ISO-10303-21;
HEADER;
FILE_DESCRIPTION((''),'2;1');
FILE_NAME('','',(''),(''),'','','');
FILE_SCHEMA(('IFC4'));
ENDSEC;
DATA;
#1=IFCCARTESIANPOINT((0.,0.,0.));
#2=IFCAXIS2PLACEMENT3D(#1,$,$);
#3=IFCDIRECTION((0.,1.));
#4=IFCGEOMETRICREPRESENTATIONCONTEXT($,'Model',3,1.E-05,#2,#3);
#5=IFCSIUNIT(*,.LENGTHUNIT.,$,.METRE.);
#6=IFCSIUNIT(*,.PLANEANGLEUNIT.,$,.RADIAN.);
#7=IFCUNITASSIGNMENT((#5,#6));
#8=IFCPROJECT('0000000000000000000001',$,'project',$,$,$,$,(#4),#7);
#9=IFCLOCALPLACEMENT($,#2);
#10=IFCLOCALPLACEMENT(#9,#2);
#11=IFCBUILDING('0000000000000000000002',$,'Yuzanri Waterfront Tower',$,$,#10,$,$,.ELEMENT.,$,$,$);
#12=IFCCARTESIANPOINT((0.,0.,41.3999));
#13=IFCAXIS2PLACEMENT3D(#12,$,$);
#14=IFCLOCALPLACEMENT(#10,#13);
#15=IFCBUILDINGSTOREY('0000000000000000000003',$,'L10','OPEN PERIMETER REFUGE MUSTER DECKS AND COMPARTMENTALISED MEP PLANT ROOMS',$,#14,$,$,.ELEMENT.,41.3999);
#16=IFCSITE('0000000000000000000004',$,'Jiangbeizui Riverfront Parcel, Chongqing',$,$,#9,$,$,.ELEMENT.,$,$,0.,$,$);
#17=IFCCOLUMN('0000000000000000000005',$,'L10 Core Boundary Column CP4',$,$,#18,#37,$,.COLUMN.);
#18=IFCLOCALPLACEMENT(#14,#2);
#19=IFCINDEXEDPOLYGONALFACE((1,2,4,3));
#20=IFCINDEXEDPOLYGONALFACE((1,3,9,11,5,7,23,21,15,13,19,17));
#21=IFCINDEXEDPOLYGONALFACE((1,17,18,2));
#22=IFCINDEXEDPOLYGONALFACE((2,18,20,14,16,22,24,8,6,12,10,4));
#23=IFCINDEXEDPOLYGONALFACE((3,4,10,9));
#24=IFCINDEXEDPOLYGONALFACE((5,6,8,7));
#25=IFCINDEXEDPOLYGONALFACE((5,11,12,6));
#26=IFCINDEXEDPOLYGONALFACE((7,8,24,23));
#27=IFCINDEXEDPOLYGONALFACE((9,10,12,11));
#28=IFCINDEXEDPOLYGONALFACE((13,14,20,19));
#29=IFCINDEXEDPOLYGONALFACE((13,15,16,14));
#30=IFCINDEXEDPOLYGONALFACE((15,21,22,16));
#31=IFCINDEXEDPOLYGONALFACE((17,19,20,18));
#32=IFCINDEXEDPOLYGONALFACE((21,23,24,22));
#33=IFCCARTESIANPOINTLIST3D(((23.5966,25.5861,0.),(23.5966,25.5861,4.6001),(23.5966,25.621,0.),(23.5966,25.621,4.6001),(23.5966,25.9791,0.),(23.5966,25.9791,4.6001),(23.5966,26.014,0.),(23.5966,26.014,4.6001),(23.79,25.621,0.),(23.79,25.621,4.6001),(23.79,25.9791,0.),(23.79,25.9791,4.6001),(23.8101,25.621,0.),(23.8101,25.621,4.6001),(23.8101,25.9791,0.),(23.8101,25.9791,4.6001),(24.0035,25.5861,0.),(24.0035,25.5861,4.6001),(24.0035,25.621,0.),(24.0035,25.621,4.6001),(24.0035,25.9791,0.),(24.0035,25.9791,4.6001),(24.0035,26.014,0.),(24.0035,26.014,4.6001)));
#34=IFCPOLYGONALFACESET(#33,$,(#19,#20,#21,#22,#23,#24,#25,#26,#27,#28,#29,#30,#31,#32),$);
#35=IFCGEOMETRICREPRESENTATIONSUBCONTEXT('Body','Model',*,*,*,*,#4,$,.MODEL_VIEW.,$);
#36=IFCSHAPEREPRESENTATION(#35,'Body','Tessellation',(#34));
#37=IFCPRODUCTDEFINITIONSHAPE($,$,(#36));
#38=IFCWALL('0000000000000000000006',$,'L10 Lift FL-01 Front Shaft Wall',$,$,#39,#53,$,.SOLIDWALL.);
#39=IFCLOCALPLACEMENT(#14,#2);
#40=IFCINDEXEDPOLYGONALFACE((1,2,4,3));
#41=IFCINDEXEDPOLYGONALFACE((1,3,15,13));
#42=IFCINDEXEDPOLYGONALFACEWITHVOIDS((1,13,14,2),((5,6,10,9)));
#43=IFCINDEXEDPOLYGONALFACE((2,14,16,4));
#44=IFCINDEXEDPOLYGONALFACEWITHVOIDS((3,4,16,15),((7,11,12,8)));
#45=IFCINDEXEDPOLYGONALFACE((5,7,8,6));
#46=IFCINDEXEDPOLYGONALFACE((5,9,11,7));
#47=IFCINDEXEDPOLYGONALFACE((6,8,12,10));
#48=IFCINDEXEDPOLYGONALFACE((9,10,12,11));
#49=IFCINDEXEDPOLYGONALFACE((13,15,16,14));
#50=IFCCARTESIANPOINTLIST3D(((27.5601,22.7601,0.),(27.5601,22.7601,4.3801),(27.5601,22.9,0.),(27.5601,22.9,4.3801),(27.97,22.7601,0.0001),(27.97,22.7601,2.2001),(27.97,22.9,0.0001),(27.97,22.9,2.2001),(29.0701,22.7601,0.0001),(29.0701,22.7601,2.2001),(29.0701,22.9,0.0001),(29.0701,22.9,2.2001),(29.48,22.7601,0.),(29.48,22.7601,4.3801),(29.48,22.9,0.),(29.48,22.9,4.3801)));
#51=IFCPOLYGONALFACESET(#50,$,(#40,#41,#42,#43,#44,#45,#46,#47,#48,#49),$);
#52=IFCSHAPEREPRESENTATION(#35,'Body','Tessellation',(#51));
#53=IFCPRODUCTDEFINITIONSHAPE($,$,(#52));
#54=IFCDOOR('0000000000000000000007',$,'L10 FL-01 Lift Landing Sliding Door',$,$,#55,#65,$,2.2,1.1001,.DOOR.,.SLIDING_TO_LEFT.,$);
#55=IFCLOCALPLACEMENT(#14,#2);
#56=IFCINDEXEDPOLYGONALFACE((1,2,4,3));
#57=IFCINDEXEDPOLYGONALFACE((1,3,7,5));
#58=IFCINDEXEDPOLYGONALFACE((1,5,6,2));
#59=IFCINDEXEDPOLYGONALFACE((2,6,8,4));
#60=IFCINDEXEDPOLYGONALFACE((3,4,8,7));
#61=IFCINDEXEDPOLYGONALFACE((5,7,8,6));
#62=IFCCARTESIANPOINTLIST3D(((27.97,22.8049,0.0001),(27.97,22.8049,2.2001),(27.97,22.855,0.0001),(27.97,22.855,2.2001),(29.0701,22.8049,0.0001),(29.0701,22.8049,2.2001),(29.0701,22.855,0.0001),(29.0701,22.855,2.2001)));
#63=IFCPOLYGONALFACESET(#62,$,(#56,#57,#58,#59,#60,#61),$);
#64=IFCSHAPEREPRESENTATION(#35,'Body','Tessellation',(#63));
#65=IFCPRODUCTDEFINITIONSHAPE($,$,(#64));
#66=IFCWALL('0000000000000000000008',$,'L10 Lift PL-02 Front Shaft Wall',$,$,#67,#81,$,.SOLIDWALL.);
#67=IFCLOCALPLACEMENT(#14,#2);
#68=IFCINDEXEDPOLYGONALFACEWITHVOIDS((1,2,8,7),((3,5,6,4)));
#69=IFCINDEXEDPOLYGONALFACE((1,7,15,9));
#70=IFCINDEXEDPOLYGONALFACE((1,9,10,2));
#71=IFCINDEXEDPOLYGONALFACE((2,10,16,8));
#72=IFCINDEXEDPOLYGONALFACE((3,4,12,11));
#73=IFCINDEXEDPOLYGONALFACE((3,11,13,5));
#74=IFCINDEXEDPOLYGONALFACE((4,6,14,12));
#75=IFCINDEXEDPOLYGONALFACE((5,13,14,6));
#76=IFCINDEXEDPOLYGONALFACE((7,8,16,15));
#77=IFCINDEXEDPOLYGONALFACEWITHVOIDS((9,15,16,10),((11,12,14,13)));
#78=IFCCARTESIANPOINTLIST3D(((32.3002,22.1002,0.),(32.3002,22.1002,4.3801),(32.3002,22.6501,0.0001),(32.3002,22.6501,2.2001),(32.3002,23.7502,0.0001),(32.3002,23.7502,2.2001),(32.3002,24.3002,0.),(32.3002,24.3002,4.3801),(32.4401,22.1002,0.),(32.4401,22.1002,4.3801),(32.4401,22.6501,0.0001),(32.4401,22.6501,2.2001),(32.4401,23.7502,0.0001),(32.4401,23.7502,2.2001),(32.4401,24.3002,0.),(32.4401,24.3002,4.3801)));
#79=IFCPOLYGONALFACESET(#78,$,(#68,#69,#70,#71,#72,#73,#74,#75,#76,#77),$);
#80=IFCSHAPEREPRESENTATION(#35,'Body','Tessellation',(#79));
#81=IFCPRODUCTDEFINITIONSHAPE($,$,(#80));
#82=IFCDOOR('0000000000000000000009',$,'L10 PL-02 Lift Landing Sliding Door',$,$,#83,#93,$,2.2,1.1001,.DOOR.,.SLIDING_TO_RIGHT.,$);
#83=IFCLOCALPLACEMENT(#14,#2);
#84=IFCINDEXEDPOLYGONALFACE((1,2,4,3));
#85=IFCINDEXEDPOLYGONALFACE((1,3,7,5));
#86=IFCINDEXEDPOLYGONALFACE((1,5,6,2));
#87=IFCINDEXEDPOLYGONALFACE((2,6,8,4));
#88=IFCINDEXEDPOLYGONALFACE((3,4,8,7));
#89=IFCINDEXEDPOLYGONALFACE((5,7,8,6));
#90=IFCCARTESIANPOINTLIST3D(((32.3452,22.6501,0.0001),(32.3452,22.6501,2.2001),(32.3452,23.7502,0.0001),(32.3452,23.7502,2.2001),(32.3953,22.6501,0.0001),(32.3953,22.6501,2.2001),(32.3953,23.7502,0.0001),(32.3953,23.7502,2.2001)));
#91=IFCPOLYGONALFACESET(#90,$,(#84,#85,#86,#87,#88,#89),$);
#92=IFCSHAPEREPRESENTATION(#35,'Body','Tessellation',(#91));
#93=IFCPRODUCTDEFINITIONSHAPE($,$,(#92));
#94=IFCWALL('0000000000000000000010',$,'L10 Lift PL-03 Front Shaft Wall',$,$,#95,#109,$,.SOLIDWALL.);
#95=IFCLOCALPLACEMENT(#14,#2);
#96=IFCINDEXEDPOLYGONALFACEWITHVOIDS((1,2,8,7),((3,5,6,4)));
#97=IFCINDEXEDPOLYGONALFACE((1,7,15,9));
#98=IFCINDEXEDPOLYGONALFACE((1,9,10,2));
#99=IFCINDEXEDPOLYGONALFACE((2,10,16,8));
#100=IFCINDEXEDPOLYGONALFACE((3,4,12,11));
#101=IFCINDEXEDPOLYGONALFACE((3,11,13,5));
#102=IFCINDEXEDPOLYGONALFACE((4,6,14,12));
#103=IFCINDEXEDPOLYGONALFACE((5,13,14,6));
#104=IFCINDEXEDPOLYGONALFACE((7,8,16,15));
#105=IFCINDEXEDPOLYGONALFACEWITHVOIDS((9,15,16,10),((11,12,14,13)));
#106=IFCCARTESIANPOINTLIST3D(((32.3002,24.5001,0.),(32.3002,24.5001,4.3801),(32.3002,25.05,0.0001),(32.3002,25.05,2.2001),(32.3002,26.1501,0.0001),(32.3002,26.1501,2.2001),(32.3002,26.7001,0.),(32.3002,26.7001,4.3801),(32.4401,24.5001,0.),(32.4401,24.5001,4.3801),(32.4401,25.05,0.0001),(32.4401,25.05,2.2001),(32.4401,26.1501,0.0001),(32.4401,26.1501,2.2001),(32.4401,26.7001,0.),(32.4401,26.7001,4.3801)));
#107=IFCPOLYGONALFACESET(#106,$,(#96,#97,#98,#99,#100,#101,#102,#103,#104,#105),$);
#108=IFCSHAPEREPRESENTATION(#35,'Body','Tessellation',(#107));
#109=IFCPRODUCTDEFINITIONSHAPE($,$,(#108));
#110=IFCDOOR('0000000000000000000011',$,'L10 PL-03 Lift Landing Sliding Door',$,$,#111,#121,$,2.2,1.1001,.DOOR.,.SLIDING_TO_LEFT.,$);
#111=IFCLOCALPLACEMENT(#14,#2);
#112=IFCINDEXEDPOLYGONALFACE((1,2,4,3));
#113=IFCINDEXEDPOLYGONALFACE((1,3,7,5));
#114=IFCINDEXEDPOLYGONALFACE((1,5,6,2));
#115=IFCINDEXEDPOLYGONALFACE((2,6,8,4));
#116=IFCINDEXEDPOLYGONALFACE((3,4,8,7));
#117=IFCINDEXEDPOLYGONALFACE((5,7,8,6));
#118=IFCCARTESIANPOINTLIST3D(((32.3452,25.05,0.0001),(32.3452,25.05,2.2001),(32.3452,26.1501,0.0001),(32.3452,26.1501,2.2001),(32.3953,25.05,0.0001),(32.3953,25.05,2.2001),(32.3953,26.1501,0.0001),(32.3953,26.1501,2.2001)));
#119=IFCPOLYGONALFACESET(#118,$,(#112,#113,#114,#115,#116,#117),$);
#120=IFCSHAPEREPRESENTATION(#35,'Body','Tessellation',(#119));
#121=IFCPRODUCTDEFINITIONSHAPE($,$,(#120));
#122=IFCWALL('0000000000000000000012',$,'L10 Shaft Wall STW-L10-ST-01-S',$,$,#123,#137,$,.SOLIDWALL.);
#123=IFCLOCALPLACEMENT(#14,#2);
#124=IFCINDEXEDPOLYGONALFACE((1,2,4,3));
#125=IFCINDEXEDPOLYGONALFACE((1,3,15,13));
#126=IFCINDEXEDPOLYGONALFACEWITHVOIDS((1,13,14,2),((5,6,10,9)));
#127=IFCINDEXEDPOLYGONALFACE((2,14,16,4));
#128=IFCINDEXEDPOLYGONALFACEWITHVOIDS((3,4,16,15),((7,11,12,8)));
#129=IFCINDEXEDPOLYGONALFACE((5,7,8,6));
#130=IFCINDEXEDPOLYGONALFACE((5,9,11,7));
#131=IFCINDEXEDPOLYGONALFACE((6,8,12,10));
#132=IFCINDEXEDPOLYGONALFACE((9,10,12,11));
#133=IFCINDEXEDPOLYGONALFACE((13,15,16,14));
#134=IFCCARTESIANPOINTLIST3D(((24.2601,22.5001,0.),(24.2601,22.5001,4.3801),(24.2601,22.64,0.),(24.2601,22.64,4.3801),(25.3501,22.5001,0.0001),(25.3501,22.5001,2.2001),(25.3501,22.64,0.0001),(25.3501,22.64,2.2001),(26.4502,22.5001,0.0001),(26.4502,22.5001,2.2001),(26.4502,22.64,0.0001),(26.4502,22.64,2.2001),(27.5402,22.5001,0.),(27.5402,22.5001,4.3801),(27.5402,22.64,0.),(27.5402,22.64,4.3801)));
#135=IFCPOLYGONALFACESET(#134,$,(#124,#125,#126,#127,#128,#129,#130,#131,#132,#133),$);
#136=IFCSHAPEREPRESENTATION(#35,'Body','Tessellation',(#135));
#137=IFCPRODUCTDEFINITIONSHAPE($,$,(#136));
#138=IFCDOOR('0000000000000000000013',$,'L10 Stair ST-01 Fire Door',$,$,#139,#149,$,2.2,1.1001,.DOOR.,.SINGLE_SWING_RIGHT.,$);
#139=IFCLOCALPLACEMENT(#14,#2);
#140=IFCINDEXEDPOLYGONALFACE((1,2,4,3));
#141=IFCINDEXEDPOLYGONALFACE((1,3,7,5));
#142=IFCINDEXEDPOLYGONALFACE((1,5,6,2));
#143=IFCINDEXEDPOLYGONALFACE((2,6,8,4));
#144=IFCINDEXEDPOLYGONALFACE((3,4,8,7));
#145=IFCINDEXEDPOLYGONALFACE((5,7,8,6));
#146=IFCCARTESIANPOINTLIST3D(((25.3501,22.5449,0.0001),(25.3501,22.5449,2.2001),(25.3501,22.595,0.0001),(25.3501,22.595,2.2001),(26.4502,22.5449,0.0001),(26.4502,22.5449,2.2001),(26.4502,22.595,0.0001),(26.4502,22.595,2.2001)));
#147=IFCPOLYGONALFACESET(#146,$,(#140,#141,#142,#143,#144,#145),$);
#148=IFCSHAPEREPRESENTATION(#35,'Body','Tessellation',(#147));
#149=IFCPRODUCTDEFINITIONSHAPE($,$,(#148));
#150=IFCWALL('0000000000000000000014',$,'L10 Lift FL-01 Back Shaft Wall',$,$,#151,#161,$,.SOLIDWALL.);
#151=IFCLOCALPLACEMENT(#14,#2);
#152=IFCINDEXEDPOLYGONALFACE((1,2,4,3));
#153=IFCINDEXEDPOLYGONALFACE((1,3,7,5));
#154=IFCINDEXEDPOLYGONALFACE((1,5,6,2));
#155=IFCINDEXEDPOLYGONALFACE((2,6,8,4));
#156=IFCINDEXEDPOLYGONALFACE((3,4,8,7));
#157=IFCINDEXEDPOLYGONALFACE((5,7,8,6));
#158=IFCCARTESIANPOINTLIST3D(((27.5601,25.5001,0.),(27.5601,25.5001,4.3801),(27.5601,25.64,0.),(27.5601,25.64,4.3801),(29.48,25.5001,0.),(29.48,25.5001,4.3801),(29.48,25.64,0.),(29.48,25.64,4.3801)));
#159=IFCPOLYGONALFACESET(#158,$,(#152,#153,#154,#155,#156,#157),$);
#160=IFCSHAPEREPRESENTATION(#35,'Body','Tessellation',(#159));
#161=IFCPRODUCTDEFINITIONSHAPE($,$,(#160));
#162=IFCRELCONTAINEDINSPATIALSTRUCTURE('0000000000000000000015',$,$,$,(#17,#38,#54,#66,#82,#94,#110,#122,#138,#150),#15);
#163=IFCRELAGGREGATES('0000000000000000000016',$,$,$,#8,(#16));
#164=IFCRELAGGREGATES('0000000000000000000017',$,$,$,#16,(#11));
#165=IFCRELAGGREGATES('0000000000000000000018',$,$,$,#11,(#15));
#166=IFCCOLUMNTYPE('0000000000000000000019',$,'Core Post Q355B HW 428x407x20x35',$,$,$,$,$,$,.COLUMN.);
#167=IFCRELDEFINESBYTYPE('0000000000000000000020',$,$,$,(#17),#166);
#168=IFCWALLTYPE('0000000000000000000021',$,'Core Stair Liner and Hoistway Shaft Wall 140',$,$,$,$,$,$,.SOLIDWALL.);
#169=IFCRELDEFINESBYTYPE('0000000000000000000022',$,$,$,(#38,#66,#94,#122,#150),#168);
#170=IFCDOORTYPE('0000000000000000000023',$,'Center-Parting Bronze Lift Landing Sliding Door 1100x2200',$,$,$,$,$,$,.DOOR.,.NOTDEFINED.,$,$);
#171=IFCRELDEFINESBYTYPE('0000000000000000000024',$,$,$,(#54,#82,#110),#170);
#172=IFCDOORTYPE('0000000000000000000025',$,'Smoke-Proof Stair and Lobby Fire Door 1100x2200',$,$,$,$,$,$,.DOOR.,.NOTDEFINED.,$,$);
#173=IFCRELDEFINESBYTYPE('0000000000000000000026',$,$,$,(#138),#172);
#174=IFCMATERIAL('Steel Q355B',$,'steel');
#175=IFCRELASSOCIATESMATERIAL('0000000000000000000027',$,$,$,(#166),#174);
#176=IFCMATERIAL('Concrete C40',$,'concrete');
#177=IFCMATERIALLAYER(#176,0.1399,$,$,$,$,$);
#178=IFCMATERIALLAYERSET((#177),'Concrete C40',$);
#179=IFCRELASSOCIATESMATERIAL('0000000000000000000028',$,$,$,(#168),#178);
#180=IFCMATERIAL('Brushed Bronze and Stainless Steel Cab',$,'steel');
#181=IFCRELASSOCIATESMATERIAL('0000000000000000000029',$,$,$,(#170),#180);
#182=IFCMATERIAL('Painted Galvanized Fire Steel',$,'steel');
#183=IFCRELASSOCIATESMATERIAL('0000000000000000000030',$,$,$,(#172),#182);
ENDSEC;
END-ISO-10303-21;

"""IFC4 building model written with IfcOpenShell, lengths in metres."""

from ifc_helpers import new_model, si_unit, direction, frame, frame_2d, origin, origin_2d, place, context, subcontext, project, spatial, rectangle, i_section, extrude, source, transform, mapped, material, layer, layer_set, material_profile, profile_set, type_object, element, fill, save


model = new_model("IFC4")

# Units and contexts
model_context = context("Model", 3, precision=1e-05, world=origin(), true_north=direction((0.0, 1.0)))
body_context = subcontext(model_context, "Body", "Model", "MODEL_VIEW")
ifc_project = project(units=[si_unit("LENGTHUNIT", "METRE"), si_unit("PLANEANGLEUNIT", "RADIAN")], contexts=[model_context])

# Site, building, storey
site_placement = place(None, origin())
site = spatial("IfcSite", under=ifc_project, at=site_placement, Name="Jiangbeizui Riverfront Parcel, Chongqing", CompositionType="ELEMENT", RefElevation=0.0)
building_placement = place(site_placement, origin())
building = spatial("IfcBuilding", under=site, at=building_placement, Name="Yuzanri Waterfront Tower", CompositionType="ELEMENT")
storey_placement = place(building_placement, frame((0.0, 0.0, 41.3999)))
storey = spatial("IfcBuildingStorey", under=building, at=storey_placement, Name="L10", Description="OPEN PERIMETER REFUGE MUSTER DECKS AND COMPARTMENTALISED MEP PLANT ROOMS", CompositionType="ELEMENT", Elevation=41.3999)

# Column
ifc_material_1 = material(Name="Steel Q355B", Category="steel")
ifc_material_profile = material_profile(ifc_material_1, i_section(OverallWidth=0.407, OverallDepth=0.428, WebThickness=0.02, FlangeThickness=0.0349, at=origin_2d()), Name="HW 428x407x20x35")
ifc_profile_set = profile_set([ifc_material_profile], Name="Steel Q355B")
column_type = type_object("IfcColumnType", Name="Core Post Q355B HW 428x407x20x35", PredefinedType="COLUMN", material=ifc_profile_set)
shared_shape_1 = source(origin(), body_context, "Body", "SweptSolid", [
    extrude(i_section(OverallWidth=0.407, OverallDepth=0.428, WebThickness=0.02, FlangeThickness=0.0349, at=origin_2d()), origin(), (0.0, 0.0, 1.0), 4.6001),
])
column_placement = place(storey_placement, frame((23.8, 25.8, 0.0), z_axis=(0.0, 0.0, 1.0), x_axis=(1.0, 0.0, 0.0)))
element("IfcColumn", 1, at=column_placement, inside=storey, type_object=column_type, Name="L10 Core Boundary Column CP4", PredefinedType="COLUMN", context=body_context, shape_type="MappedRepresentation", body=[
    mapped(shared_shape_1, transform((0.0, 0.0, 0.0), scale=1.0)),
])

# Walls, openings, doors
ifc_material_2 = material(Name="Concrete C40", Category="concrete")
ifc_layer_1 = layer(ifc_material_2, 0.1399)
ifc_layer_set_1 = layer_set([ifc_layer_1], Name="Concrete C40")
wall_type = type_object("IfcWallType", Name="Core Stair Liner and Hoistway Shaft Wall 140", PredefinedType="SOLIDWALL", material=ifc_layer_set_1)
wall_1_placement = place(storey_placement, frame((27.5601, 22.8301, 0.0), z_axis=(0.0, 0.0, 1.0), x_axis=(1.0, 0.0, 0.0)))
wall_1 = element("IfcWall", 2, at=wall_1_placement, inside=storey, type_object=wall_type, Name="L10 Lift FL-01 Front Shaft Wall", PredefinedType="SOLIDWALL", context=body_context, shape_type="SweptSolid", body=[
    extrude(rectangle(XDim=1.9199, YDim=0.1399, at=frame_2d((0.96, 0.0))), origin(), (0.0, 0.0, 1.0), 4.3801),
])
opening_1_placement = place(wall_1_placement, frame((0.4099, 0.0, 0.0)))
opening_1 = element("IfcOpeningElement", 3, at=opening_1_placement, cuts=wall_1, PredefinedType="OPENING", context=body_context, shape_type="SweptSolid", body=[
    extrude(rectangle(XDim=1.1001, YDim=2.2, at=frame_2d((0.55, 1.1001))), frame((0.0, 0.085, 0.0), z_axis=(0.0, -1.0, 0.0), x_axis=(1.0, 0.0, 0.0)), (0.0, 0.0, 1.0), 0.1697),
])
ifc_material_3 = material(Name="Brushed Bronze and Stainless Steel Cab", Category="steel")
door_type_1 = type_object("IfcDoorType", Name="Center-Parting Bronze Lift Landing Sliding Door 1100x2200", OperationType="NOTDEFINED", PredefinedType="DOOR", material=ifc_material_3)
shared_shape_2 = source(origin(), body_context, "Body", "SweptSolid", [
    extrude(rectangle(XDim=1.1001, YDim=2.2, at=frame_2d((0.55, 1.1001))), frame((0.0, 0.0249, 0.0), z_axis=(0.0, -1.0, 0.0), x_axis=(1.0, 0.0, 0.0)), (0.0, 0.0, 1.0), 0.05),
])
door_1_placement = place(opening_1_placement, origin())
door_1 = element("IfcDoor", 4, at=door_1_placement, inside=storey, type_object=door_type_1, Name="L10 FL-01 Lift Landing Sliding Door", OperationType="SLIDING_TO_LEFT", OverallHeight=2.2, OverallWidth=1.1001, PredefinedType="DOOR", context=body_context, shape_type="MappedRepresentation", body=[
    mapped(shared_shape_2, transform((0.0, 0.0, 0.0), scale=1.0)),
])
fill(opening_1, door_1)
wall_2_placement = place(storey_placement, frame((32.3701, 22.1001, 0.0), z_axis=(0.0, 0.0, 1.0), x_axis=(0.0, 1.0, 0.0)))
wall_2 = element("IfcWall", 5, at=wall_2_placement, inside=storey, type_object=wall_type, Name="L10 Lift PL-02 Front Shaft Wall", PredefinedType="SOLIDWALL", context=body_context, shape_type="SweptSolid", body=[
    extrude(rectangle(XDim=2.2, YDim=0.1399, at=frame_2d((1.1001, 0.0))), origin(), (0.0, 0.0, 1.0), 4.3801),
])
opening_2_placement = place(wall_2_placement, frame((0.55, 0.0, 0.0)))
opening_2 = element("IfcOpeningElement", 6, at=opening_2_placement, cuts=wall_2, PredefinedType="OPENING", context=body_context, shape_type="SweptSolid", body=[
    extrude(rectangle(XDim=1.1001, YDim=2.2, at=frame_2d((0.55, 1.1001))), frame((0.0, 0.085, 0.0), z_axis=(0.0, -1.0, 0.0), x_axis=(1.0, 0.0, 0.0)), (0.0, 0.0, 1.0), 0.1697),
])
door_2_placement = place(opening_2_placement, origin())
door_2 = element("IfcDoor", 7, at=door_2_placement, inside=storey, type_object=door_type_1, Name="L10 PL-02 Lift Landing Sliding Door", OperationType="SLIDING_TO_RIGHT", OverallHeight=2.2, OverallWidth=1.1001, PredefinedType="DOOR", context=body_context, shape_type="MappedRepresentation", body=[
    mapped(shared_shape_2, transform((0.0, 0.0, 0.0), scale=1.0)),
])
fill(opening_2, door_2)
wall_3_placement = place(storey_placement, frame((32.3701, 24.5, 0.0), z_axis=(0.0, 0.0, 1.0), x_axis=(0.0, 1.0, 0.0)))
wall_3 = element("IfcWall", 8, at=wall_3_placement, inside=storey, type_object=wall_type, Name="L10 Lift PL-03 Front Shaft Wall", PredefinedType="SOLIDWALL", context=body_context, shape_type="SweptSolid", body=[
    extrude(rectangle(XDim=2.2, YDim=0.1399, at=frame_2d((1.1001, 0.0))), origin(), (0.0, 0.0, 1.0), 4.3801),
])
opening_3_placement = place(wall_3_placement, frame((0.55, 0.0, 0.0)))
opening_3 = element("IfcOpeningElement", 9, at=opening_3_placement, cuts=wall_3, PredefinedType="OPENING", context=body_context, shape_type="SweptSolid", body=[
    extrude(rectangle(XDim=1.1001, YDim=2.2, at=frame_2d((0.55, 1.1001))), frame((0.0, 0.085, 0.0), z_axis=(0.0, -1.0, 0.0), x_axis=(1.0, 0.0, 0.0)), (0.0, 0.0, 1.0), 0.1697),
])
door_3_placement = place(opening_3_placement, origin())
door_3 = element("IfcDoor", 10, at=door_3_placement, inside=storey, type_object=door_type_1, Name="L10 PL-03 Lift Landing Sliding Door", OperationType="SLIDING_TO_LEFT", OverallHeight=2.2, OverallWidth=1.1001, PredefinedType="DOOR", context=body_context, shape_type="MappedRepresentation", body=[
    mapped(shared_shape_2, transform((0.0, 0.0, 0.0), scale=1.0)),
])
fill(opening_3, door_3)
wall_4_placement = place(storey_placement, frame((24.26, 22.5701, 0.0), z_axis=(0.0, 0.0, 1.0), x_axis=(1.0, 0.0, 0.0)))
wall_4 = element("IfcWall", 11, at=wall_4_placement, inside=storey, type_object=wall_type, Name="L10 Shaft Wall STW-L10-ST-01-S", PredefinedType="SOLIDWALL", context=body_context, shape_type="SweptSolid", body=[
    extrude(rectangle(XDim=3.28, YDim=0.1399, at=frame_2d((1.6401, 0.0))), origin(), (0.0, 0.0, 1.0), 4.3801),
])
opening_4_placement = place(wall_4_placement, frame((1.0901, 0.0, 0.0)))
opening_4 = element("IfcOpeningElement", 12, at=opening_4_placement, cuts=wall_4, PredefinedType="OPENING", context=body_context, shape_type="SweptSolid", body=[
    extrude(rectangle(XDim=1.1001, YDim=2.2, at=frame_2d((0.55, 1.1001))), frame((0.0, 0.085, 0.0), z_axis=(0.0, -1.0, 0.0), x_axis=(1.0, 0.0, 0.0)), (0.0, 0.0, 1.0), 0.1697),
])
ifc_material_4 = material(Name="Painted Galvanized Fire Steel", Category="steel")
door_type_2 = type_object("IfcDoorType", Name="Smoke-Proof Stair and Lobby Fire Door 1100x2200", OperationType="NOTDEFINED", PredefinedType="DOOR", material=ifc_material_4)
shared_shape_3 = source(origin(), body_context, "Body", "SweptSolid", [
    extrude(rectangle(XDim=1.1001, YDim=2.2, at=frame_2d((0.55, 1.1001))), frame((0.0, 0.0249, 0.0), z_axis=(0.0, -1.0, 0.0), x_axis=(1.0, 0.0, 0.0)), (0.0, 0.0, 1.0), 0.05),
])
door_4_placement = place(opening_4_placement, origin())
door_4 = element("IfcDoor", 13, at=door_4_placement, inside=storey, type_object=door_type_2, Name="L10 Stair ST-01 Fire Door", OperationType="SINGLE_SWING_RIGHT", OverallHeight=2.2, OverallWidth=1.1001, PredefinedType="DOOR", context=body_context, shape_type="MappedRepresentation", body=[
    mapped(shared_shape_3, transform((0.0, 0.0, 0.0), scale=1.0)),
])
fill(opening_4, door_4)

# Wall
shared_shape_4 = source(origin(), body_context, "Body", "SweptSolid", [
    extrude(rectangle(XDim=1.9199, YDim=0.1399, at=frame_2d((0.96, 0.0))), origin(), (0.0, 0.0, 1.0), 4.3801),
])
wall_5_placement = place(storey_placement, frame((27.5601, 25.5701, 0.0), z_axis=(0.0, 0.0, 1.0), x_axis=(1.0, 0.0, 0.0)))
element("IfcWall", 14, at=wall_5_placement, inside=storey, type_object=wall_type, Name="L10 Lift FL-01 Back Shaft Wall", PredefinedType="SOLIDWALL", context=body_context, shape_type="MappedRepresentation", body=[
    mapped(shared_shape_4, transform((0.0, 0.0, 0.0), scale=1.0)),
])

save(model, "model.ifc")
